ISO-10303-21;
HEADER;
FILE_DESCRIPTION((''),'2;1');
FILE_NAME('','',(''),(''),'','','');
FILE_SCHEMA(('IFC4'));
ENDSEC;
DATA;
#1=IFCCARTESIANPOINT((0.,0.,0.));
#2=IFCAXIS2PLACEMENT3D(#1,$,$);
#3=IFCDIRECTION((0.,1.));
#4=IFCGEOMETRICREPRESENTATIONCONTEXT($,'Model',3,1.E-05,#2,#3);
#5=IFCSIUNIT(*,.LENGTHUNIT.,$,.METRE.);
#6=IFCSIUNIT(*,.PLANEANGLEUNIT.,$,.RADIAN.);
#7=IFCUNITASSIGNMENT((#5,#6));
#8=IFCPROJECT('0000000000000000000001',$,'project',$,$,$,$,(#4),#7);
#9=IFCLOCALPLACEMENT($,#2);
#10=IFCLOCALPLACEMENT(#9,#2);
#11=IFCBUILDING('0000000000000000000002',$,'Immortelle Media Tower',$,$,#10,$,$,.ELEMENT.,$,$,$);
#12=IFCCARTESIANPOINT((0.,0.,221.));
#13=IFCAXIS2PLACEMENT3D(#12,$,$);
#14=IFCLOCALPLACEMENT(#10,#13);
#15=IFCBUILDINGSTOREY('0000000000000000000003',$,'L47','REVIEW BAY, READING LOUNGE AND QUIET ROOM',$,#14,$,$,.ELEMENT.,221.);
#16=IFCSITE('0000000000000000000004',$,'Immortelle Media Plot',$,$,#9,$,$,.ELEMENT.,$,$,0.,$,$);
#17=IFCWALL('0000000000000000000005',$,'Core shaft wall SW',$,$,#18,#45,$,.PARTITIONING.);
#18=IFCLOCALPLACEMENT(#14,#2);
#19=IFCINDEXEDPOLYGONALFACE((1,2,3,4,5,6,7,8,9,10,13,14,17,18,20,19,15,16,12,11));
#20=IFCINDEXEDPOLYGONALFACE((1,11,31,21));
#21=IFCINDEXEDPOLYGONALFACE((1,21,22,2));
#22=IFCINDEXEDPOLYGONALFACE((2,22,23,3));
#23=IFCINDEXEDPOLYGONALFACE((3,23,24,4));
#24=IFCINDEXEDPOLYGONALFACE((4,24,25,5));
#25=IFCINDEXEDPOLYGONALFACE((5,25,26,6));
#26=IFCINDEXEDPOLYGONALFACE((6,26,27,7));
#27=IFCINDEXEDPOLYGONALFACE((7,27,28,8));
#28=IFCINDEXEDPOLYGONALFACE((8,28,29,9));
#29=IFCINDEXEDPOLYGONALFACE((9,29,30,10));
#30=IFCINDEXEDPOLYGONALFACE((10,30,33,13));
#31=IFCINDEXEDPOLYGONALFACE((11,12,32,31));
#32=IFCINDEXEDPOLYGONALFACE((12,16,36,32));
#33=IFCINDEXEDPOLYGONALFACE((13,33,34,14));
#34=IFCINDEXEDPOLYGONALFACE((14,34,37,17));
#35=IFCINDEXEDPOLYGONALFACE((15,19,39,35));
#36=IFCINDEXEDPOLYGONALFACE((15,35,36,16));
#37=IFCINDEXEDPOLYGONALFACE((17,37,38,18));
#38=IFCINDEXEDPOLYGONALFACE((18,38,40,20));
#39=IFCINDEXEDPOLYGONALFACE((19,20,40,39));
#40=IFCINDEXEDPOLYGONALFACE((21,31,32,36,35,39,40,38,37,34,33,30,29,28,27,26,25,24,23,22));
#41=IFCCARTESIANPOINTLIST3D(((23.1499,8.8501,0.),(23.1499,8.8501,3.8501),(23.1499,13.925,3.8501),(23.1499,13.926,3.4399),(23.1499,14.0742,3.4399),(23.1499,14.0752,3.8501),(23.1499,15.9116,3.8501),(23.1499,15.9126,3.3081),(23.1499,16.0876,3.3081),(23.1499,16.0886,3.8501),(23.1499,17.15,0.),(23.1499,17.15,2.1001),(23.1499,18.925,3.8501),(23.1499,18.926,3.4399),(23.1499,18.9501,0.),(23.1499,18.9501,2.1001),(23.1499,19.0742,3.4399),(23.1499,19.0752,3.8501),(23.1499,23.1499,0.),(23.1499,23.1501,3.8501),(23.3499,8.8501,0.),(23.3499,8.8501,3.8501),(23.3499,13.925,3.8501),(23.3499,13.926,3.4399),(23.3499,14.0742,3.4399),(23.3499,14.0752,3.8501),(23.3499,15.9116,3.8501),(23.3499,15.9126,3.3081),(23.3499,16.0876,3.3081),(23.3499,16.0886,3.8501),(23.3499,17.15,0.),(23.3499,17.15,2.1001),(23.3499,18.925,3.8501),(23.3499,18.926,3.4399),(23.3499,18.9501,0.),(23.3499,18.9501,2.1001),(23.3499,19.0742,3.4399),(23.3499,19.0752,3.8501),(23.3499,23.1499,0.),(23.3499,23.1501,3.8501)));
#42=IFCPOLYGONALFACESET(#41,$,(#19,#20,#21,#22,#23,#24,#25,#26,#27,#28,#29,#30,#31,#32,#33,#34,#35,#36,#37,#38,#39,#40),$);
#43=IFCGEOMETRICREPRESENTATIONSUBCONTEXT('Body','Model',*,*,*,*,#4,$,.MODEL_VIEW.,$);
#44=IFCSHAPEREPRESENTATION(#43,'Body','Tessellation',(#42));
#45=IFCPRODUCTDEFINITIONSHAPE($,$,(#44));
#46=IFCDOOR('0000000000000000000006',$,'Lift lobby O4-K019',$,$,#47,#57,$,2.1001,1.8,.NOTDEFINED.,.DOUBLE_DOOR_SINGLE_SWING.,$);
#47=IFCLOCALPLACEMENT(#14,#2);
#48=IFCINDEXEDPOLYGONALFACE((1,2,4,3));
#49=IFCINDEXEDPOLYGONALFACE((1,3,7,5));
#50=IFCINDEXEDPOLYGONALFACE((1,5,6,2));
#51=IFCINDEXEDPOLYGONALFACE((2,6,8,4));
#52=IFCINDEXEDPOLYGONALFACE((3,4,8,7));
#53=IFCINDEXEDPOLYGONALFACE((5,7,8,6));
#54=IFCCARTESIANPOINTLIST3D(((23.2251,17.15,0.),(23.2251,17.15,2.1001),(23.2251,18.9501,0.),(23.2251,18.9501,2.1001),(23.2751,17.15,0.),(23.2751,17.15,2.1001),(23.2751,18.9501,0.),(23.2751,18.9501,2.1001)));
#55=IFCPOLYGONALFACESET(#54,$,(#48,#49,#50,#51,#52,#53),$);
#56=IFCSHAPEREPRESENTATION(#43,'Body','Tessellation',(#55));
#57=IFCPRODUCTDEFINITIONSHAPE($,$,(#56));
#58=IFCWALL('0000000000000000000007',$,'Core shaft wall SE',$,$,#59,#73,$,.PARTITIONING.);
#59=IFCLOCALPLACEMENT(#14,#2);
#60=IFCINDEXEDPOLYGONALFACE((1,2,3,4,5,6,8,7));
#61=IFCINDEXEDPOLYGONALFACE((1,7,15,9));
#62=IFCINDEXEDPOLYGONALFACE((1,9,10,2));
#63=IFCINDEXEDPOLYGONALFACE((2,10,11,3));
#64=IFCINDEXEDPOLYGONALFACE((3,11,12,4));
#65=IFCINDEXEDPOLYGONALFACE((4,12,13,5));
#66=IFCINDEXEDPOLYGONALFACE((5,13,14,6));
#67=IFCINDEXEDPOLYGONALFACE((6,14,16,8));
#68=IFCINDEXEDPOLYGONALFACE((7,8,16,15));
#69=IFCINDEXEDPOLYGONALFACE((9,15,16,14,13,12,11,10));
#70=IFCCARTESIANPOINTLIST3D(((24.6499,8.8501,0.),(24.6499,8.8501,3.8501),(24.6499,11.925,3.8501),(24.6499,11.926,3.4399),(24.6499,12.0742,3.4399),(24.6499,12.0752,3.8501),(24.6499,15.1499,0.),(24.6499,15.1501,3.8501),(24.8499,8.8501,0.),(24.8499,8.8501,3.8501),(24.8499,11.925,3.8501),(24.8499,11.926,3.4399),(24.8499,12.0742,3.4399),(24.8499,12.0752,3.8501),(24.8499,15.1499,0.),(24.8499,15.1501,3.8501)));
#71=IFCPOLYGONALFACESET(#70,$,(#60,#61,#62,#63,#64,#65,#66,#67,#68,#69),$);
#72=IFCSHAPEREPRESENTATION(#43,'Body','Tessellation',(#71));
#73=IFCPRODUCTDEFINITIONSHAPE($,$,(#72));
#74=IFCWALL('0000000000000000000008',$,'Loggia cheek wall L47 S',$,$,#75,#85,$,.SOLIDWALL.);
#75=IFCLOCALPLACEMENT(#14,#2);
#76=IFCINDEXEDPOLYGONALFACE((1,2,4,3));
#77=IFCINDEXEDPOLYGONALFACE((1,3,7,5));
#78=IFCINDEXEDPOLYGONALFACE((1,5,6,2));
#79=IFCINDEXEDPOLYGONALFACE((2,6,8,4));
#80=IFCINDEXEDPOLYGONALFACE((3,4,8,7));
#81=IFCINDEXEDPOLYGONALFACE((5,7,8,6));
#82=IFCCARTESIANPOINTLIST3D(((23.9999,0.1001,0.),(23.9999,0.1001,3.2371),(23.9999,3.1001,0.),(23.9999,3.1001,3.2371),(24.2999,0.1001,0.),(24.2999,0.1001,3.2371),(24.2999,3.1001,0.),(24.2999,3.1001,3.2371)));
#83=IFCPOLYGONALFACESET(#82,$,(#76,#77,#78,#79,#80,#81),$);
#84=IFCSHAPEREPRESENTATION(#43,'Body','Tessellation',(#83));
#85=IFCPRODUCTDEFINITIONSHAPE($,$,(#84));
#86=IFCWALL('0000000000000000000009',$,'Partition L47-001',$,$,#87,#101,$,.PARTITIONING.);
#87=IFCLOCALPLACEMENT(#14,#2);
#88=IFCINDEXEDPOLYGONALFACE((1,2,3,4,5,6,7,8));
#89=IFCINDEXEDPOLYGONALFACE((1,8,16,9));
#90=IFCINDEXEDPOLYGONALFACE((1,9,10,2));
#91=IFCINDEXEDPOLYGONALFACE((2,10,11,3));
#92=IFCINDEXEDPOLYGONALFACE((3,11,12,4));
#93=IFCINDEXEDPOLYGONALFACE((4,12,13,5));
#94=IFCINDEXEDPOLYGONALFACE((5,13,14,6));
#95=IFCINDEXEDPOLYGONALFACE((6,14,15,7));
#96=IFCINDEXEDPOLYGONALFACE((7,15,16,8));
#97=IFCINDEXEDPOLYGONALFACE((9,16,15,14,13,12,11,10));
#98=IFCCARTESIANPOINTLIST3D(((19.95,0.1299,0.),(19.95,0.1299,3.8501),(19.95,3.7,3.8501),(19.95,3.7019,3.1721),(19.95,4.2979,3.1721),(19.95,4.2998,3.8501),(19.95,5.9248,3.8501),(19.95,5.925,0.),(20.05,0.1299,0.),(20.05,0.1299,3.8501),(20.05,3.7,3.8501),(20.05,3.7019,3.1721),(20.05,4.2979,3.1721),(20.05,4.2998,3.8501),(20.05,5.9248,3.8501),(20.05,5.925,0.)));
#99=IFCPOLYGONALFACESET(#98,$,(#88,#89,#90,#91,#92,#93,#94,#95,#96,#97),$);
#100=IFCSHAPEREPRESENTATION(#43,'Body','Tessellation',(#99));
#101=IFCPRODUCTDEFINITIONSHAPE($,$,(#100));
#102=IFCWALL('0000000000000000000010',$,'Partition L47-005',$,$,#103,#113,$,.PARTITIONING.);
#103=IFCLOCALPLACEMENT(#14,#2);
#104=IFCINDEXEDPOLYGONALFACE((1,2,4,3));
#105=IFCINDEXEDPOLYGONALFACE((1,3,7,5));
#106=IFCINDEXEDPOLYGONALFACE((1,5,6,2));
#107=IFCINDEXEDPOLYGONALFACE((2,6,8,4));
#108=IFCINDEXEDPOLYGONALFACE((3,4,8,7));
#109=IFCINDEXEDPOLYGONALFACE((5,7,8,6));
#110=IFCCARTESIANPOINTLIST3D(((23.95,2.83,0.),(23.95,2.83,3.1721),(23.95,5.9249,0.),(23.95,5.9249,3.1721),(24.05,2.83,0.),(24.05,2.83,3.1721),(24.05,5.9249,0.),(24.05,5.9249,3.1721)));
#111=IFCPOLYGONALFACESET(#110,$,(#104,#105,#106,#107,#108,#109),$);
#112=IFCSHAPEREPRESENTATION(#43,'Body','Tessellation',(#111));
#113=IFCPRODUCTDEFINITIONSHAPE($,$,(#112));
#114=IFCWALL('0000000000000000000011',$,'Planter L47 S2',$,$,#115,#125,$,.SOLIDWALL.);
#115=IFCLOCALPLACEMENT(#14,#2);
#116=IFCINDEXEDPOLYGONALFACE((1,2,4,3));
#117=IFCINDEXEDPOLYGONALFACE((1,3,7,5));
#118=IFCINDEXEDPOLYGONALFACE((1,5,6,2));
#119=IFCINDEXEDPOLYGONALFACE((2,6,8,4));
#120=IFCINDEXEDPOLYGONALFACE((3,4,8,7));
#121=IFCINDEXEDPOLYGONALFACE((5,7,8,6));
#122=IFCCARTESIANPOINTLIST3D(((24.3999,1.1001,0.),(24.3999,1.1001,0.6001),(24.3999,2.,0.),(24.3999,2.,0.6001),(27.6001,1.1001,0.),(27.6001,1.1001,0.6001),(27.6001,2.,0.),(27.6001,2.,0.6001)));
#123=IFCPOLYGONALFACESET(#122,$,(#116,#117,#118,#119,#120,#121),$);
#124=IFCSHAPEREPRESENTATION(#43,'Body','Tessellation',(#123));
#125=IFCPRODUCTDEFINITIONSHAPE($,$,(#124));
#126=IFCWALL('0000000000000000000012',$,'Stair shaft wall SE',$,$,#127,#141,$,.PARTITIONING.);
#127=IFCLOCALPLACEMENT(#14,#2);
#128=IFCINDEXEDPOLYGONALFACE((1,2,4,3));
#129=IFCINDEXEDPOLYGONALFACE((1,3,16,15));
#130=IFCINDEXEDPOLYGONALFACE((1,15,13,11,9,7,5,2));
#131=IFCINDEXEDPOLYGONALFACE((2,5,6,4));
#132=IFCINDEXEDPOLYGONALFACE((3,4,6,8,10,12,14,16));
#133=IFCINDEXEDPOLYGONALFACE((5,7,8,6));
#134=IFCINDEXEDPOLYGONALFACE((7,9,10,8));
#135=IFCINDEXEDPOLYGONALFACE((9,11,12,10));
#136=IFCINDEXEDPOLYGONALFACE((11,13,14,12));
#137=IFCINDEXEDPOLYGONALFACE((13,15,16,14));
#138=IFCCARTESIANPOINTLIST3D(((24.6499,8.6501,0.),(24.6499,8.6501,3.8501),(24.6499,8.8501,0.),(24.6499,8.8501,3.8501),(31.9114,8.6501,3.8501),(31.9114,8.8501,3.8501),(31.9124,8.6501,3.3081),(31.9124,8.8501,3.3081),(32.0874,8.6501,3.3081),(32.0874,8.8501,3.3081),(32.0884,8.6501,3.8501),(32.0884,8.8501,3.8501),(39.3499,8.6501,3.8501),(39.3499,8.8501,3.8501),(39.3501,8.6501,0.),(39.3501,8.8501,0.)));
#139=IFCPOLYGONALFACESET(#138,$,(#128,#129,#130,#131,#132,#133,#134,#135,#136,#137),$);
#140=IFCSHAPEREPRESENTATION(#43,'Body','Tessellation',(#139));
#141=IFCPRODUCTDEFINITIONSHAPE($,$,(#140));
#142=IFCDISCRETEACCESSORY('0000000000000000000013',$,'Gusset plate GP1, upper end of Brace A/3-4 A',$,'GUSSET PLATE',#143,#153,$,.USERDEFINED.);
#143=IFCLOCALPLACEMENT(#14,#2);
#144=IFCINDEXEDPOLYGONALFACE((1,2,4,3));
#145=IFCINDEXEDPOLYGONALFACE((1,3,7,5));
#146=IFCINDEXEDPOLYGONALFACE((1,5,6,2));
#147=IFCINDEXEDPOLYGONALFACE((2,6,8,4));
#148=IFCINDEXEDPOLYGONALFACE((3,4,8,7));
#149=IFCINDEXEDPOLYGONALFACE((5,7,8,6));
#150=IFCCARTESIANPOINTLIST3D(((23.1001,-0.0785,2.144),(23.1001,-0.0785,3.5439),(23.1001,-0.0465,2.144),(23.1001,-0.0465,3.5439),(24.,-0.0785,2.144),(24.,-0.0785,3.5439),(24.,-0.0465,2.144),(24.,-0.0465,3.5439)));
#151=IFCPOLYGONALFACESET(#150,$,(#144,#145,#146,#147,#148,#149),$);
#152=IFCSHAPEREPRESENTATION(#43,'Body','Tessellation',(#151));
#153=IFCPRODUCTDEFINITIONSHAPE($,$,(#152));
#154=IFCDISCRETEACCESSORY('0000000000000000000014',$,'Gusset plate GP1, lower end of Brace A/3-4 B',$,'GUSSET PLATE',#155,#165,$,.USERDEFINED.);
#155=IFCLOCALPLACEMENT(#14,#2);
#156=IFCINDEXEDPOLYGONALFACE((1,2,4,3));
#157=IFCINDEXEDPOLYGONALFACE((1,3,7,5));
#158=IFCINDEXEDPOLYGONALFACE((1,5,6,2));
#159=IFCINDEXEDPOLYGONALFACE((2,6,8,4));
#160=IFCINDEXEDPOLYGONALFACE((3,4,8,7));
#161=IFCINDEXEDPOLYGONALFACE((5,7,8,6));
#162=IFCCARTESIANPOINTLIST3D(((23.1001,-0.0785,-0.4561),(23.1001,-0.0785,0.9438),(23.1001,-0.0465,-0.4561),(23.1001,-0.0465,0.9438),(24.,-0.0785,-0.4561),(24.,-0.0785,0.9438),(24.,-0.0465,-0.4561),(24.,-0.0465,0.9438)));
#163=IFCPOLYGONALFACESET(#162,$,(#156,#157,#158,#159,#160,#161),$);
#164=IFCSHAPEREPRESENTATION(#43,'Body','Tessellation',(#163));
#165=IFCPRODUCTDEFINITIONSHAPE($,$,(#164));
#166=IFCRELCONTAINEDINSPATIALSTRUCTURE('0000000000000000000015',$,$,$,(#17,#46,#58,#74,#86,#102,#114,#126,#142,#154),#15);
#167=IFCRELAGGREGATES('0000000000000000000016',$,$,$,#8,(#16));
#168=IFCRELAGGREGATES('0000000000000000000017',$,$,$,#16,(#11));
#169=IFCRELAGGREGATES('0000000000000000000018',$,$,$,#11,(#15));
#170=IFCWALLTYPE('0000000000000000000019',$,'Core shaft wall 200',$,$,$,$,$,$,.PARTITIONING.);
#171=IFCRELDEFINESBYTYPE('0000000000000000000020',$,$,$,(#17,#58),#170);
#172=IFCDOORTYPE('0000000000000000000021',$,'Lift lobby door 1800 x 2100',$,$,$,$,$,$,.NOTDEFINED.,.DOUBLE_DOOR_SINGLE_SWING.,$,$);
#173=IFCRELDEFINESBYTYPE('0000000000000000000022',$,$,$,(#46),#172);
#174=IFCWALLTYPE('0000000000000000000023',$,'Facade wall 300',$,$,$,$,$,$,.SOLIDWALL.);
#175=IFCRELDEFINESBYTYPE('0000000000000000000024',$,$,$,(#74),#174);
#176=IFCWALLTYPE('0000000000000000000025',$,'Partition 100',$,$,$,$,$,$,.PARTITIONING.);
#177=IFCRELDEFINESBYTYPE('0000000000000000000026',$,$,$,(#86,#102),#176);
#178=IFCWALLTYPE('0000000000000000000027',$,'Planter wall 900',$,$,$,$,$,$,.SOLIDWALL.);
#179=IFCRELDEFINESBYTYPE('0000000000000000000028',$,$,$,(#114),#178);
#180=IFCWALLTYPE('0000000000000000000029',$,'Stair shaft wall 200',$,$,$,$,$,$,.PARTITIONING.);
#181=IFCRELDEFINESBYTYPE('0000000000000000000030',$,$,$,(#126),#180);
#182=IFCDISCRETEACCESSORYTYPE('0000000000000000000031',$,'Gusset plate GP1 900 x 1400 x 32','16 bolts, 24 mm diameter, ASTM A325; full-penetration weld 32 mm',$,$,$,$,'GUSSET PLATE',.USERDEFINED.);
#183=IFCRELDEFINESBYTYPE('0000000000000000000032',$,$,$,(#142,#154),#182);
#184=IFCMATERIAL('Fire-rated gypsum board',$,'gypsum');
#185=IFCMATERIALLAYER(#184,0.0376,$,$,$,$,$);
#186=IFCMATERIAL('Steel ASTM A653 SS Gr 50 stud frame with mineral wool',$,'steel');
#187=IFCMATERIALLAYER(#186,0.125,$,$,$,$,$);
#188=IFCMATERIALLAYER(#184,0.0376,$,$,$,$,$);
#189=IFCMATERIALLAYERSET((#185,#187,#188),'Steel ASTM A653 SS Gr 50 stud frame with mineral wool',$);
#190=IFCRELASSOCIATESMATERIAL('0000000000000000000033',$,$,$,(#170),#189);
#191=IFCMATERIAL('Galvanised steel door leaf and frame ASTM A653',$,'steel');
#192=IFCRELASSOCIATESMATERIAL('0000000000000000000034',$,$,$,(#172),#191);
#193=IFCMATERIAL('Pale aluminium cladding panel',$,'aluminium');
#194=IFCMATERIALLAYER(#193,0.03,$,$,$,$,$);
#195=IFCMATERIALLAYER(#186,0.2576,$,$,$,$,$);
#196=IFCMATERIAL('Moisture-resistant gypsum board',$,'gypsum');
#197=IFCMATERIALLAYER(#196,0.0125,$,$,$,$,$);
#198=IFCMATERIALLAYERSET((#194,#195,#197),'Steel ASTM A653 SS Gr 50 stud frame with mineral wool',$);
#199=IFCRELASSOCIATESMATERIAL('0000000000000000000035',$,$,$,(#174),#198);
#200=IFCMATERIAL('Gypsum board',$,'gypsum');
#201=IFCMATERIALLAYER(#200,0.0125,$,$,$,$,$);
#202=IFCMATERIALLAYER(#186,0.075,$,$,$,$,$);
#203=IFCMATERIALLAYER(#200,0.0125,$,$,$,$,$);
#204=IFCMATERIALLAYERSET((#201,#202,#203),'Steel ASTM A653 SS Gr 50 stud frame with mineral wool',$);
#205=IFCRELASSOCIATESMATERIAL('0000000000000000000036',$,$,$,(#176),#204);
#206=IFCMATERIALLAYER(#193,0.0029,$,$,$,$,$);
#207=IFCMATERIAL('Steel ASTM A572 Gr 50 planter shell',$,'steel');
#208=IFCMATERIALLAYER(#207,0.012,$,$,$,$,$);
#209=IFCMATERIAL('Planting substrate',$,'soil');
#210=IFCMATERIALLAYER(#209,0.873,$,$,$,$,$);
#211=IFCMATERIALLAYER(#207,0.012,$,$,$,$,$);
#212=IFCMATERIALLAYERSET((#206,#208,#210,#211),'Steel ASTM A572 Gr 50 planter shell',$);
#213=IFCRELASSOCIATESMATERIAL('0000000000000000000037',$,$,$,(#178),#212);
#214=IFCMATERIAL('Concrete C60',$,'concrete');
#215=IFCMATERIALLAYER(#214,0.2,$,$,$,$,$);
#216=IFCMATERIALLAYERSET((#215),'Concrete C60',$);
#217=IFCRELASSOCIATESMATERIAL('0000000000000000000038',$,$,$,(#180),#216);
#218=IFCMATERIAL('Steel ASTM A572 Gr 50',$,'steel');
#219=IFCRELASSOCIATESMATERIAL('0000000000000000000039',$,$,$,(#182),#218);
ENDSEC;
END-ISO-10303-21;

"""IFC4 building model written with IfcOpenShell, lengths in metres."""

from ifc_helpers import new_model, si_unit, direction, frame, frame_2d, origin, origin_2d, place, context, subcontext, project, spatial, polyline, rectangle, outline, extrude, material, layer, layer_set, material_profile, profile_set, type_object, element, fill, save


model = new_model("IFC4")

# Units and contexts
model_context = context("Model", 3, precision=1e-05, world=origin(), true_north=direction((0.0, 1.0)))
body_context = subcontext(model_context, "Body", "Model", "MODEL_VIEW")
ifc_project = project(units=[si_unit("LENGTHUNIT", "METRE"), si_unit("PLANEANGLEUNIT", "RADIAN")], contexts=[model_context])

# Site, building, storey
site_placement = place(None, origin())
site = spatial("IfcSite", under=ifc_project, at=site_placement, Name="Immortelle Media Plot", CompositionType="ELEMENT", RefElevation=0.0)
building_placement = place(site_placement, origin())
building = spatial("IfcBuilding", under=site, at=building_placement, Name="Immortelle Media Tower", CompositionType="ELEMENT")
storey_placement = place(building_placement, frame((0.0, 0.0, 221.0)))
storey = spatial("IfcBuildingStorey", under=building, at=storey_placement, Name="L47", Description="REVIEW BAY, READING LOUNGE AND QUIET ROOM", CompositionType="ELEMENT", Elevation=221.0)

# Wall, opening, door
ifc_material_1 = material(Name="Fire-rated gypsum board", Category="gypsum")
ifc_layer_1 = layer(ifc_material_1, 0.0376)
ifc_material_2 = material(Name="Steel ASTM A653 SS Gr 50 stud frame with mineral wool", Category="steel")
ifc_layer_2 = layer(ifc_material_2, 0.125)
ifc_layer_3 = layer(ifc_material_1, 0.0376)
ifc_layer_set_1 = layer_set([ifc_layer_1, ifc_layer_2, ifc_layer_3], Name="Steel ASTM A653 SS Gr 50 stud frame with mineral wool")
wall_type_1 = type_object("IfcWallType", Name="Core shaft wall 200", PredefinedType="PARTITIONING", material=ifc_layer_set_1)
wall_1_placement = place(storey_placement, frame((23.25, 8.8501, 0.0), z_axis=(0.0, 0.0, 1.0), x_axis=(0.0, 1.0, 0.0)))
wall_1 = element("IfcWall", 1, at=wall_1_placement, inside=storey, type_object=wall_type_1, Name="Core shaft wall SW", PredefinedType="PARTITIONING", context=body_context, shape_type="SweptSolid", body=[
    extrude(outline(polyline([(0.0, 0.0), (14.2998, 0.0), (14.3, 3.8501), (10.2251, 3.8501), (10.2241, 3.4399), (10.0759, 3.4399), (10.075, 3.8501), (7.2385, 3.8501), (7.2375, 3.3081), (7.0625, 3.3081), (7.0615, 3.8501), (5.2251, 3.8501), (5.2241, 3.4399), (5.0759, 3.4399), (5.075, 3.8501), (0.0, 3.8501), (0.0, 0.0)])), frame((0.0, 0.1001, 0.0), z_axis=(0.0, -1.0, 0.0), x_axis=(1.0, 0.0, 0.0)), (0.0, 0.0, 1.0), 0.2),
])
opening_1_placement = place(wall_1_placement, frame((8.3, 0.0, 0.0)))
opening_1 = element("IfcOpeningElement", 2, at=opening_1_placement, cuts=wall_1, PredefinedType="OPENING", context=body_context, shape_type="SweptSolid", body=[
    extrude(rectangle(XDim=1.8, YDim=2.1001, at=frame_2d((0.8999, 1.05))), frame((0.0, 0.1099, 0.0), z_axis=(0.0, -1.0, 0.0), x_axis=(1.0, 0.0, 0.0)), (0.0, 0.0, 1.0), 0.22),
])
ifc_material_3 = material(Name="Galvanised steel door leaf and frame ASTM A653", Category="steel")
door_type_1 = type_object("IfcDoorType", Name="Lift lobby door 1800 x 2100", OperationType="DOUBLE_DOOR_SINGLE_SWING", PredefinedType="NOTDEFINED", material=ifc_material_3)
door_1_placement = place(opening_1_placement, origin())
door_1 = element("IfcDoor", 3, at=door_1_placement, inside=storey, type_object=door_type_1, Name="Lift lobby O4-K019", OperationType="DOUBLE_DOOR_SINGLE_SWING", OverallHeight=2.1001, OverallWidth=1.8, PredefinedType="NOTDEFINED", context=body_context, shape_type="SweptSolid", body=[
    extrude(rectangle(XDim=1.8, YDim=2.1001, at=frame_2d((0.8999, 1.05))), frame((0.0, 0.0249, 0.0), z_axis=(0.0, -1.0, 0.0), x_axis=(1.0, 0.0, 0.0)), (0.0, 0.0, 1.0), 0.05),
])
fill(opening_1, door_1)

# Wall
wall_2_placement = place(storey_placement, frame((24.75, 8.8501, 0.0), z_axis=(0.0, 0.0, 1.0), x_axis=(0.0, 1.0, 0.0)))
element("IfcWall", 4, at=wall_2_placement, inside=storey, type_object=wall_type_1, Name="Core shaft wall SE", PredefinedType="PARTITIONING", context=body_context, shape_type="SweptSolid", body=[
    extrude(outline(polyline([(0.0, 0.0), (6.2998, 0.0), (6.3, 3.8501), (3.2251, 3.8501), (3.2241, 3.4399), (3.0759, 3.4399), (3.075, 3.8501), (0.0, 3.8501), (0.0, 0.0)])), frame((0.0, 0.1001, 0.0), z_axis=(0.0, -1.0, 0.0), x_axis=(1.0, 0.0, 0.0)), (0.0, 0.0, 1.0), 0.2),
])

# Shared definitions
ifc_material_4 = material(Name="Pale aluminium cladding panel", Category="aluminium")
ifc_layer_4 = layer(ifc_material_4, 0.03)
ifc_layer_5 = layer(ifc_material_2, 0.2576)
ifc_material_5 = material(Name="Moisture-resistant gypsum board", Category="gypsum")
ifc_layer_6 = layer(ifc_material_5, 0.0125)
ifc_layer_set_2 = layer_set([ifc_layer_4, ifc_layer_5, ifc_layer_6], Name="Steel ASTM A653 SS Gr 50 stud frame with mineral wool")
wall_type_2 = type_object("IfcWallType", Name="Facade wall 300", PredefinedType="SOLIDWALL", material=ifc_layer_set_2)

# Walls
wall_3_placement = place(storey_placement, frame((24.1499, 0.1001, 0.0), z_axis=(0.0, 0.0, 1.0), x_axis=(0.0, 1.0, 0.0)))
element("IfcWall", 5, at=wall_3_placement, inside=storey, type_object=wall_type_2, Name="Loggia cheek wall L47 S", PredefinedType="SOLIDWALL", context=body_context, shape_type="SweptSolid", body=[
    extrude(rectangle(XDim=3.0, YDim=0.3, at=frame_2d((1.5, 0.0))), origin(), (0.0, 0.0, 1.0), 3.2371),
])
ifc_material_6 = material(Name="Gypsum board", Category="gypsum")
ifc_layer_7 = layer(ifc_material_6, 0.0125)
ifc_layer_8 = layer(ifc_material_2, 0.075)
ifc_layer_9 = layer(ifc_material_6, 0.0125)
ifc_layer_set_3 = layer_set([ifc_layer_7, ifc_layer_8, ifc_layer_9], Name="Steel ASTM A653 SS Gr 50 stud frame with mineral wool")
wall_type_3 = type_object("IfcWallType", Name="Partition 100", PredefinedType="PARTITIONING", material=ifc_layer_set_3)
wall_4_placement = place(storey_placement, frame((20.0, 0.1299, 0.0), z_axis=(0.0, 0.0, 1.0), x_axis=(0.0, 1.0, 0.0)))
element("IfcWall", 6, at=wall_4_placement, inside=storey, type_object=wall_type_3, Name="Partition L47-001", PredefinedType="PARTITIONING", context=body_context, shape_type="SweptSolid", body=[
    extrude(outline(polyline([(0.0, 0.0), (5.7952, 0.0), (5.7949, 3.8501), (4.1699, 3.8501), (4.168, 3.1721), (3.572, 3.1721), (3.5701, 3.8501), (0.0, 3.8501), (0.0, 0.0)])), frame((0.0, 0.05, 0.0), z_axis=(0.0, -1.0, 0.0), x_axis=(1.0, 0.0, 0.0)), (0.0, 0.0, 1.0), 0.1001),
])
wall_5_placement = place(storey_placement, frame((24.0, 2.8301, 0.0), z_axis=(0.0, 0.0, 1.0), x_axis=(0.0, 1.0, 0.0)))
element("IfcWall", 7, at=wall_5_placement, inside=storey, type_object=wall_type_3, Name="Partition L47-005", PredefinedType="PARTITIONING", context=body_context, shape_type="SweptSolid", body=[
    extrude(rectangle(XDim=3.095, YDim=0.1001, at=frame_2d((1.5474, 0.0))), origin(), (0.0, 0.0, 1.0), 3.1721),
])
ifc_layer_10 = layer(ifc_material_4, 0.0029)
ifc_material_7 = material(Name="Steel ASTM A572 Gr 50 planter shell", Category="steel")
ifc_layer_11 = layer(ifc_material_7, 0.012)
ifc_material_8 = material(Name="Planting substrate", Category="soil")
ifc_layer_12 = layer(ifc_material_8, 0.873)
ifc_layer_13 = layer(ifc_material_7, 0.012)
ifc_layer_set_4 = layer_set([ifc_layer_10, ifc_layer_11, ifc_layer_12, ifc_layer_13], Name="Steel ASTM A572 Gr 50 planter shell")
wall_type_4 = type_object("IfcWallType", Name="Planter wall 900", PredefinedType="SOLIDWALL", material=ifc_layer_set_4)
wall_6_placement = place(storey_placement, frame((24.3999, 1.55, 0.0), z_axis=(0.0, 0.0, 1.0), x_axis=(1.0, 0.0, 0.0)))
element("IfcWall", 8, at=wall_6_placement, inside=storey, type_object=wall_type_4, Name="Planter L47 S2", PredefinedType="SOLIDWALL", context=body_context, shape_type="SweptSolid", body=[
    extrude(rectangle(XDim=3.2002, YDim=0.8999, at=frame_2d((1.6001, 0.0))), origin(), (0.0, 0.0, 1.0), 0.6001),
])
ifc_material_9 = material(Name="Concrete C60", Category="concrete")
ifc_layer_14 = layer(ifc_material_9, 0.2)
ifc_layer_set_5 = layer_set([ifc_layer_14], Name="Concrete C60")
wall_type_5 = type_object("IfcWallType", Name="Stair shaft wall 200", PredefinedType="PARTITIONING", material=ifc_layer_set_5)
wall_7_placement = place(storey_placement, frame((24.6499, 8.75, 0.0), z_axis=(0.0, 0.0, 1.0), x_axis=(1.0, 0.0, 0.0)))
element("IfcWall", 9, at=wall_7_placement, inside=storey, type_object=wall_type_5, Name="Stair shaft wall SE", PredefinedType="PARTITIONING", context=body_context, shape_type="SweptSolid", body=[
    extrude(outline(polyline([(0.0, 0.0), (14.7002, 0.0), (14.7, 3.8501), (7.4385, 3.8501), (7.4375, 3.3081), (7.2625, 3.3081), (7.2615, 3.8501), (0.0, 3.8501), (0.0, 0.0)])), frame((0.0, 0.1001, 0.0), z_axis=(0.0, -1.0, 0.0), x_axis=(1.0, 0.0, 0.0)), (0.0, 0.0, 1.0), 0.2),
])

# Discrete accessories
ifc_material_10 = material(Name="Steel ASTM A572 Gr 50", Category="steel")
ifc_material_profile_1 = material_profile(ifc_material_10, rectangle(XDim=0.032, YDim=1.3999, at=origin_2d()), Name="PL 32 x 1400")
ifc_profile_set_1 = profile_set([ifc_material_profile_1], Name="Steel ASTM A572 Gr 50")
discrete_accessory_type = type_object("IfcDiscreteAccessoryType", Name="Gusset plate GP1 900 x 1400 x 32", Description="16 bolts, 24 mm diameter, ASTM A325; full-penetration weld 32 mm", ElementType="GUSSET PLATE", PredefinedType="USERDEFINED", material=ifc_profile_set_1)
for number, where, z_axis, x_axis, name in (
    (10, (24.0, -0.0625, 2.844), (-1.0, 0.0, 0.0), (0.0, -1.0, 0.0), "Gusset plate GP1, upper end of Brace A/3-4 A"),
    (11, (24.0, -0.0625, 0.2439), (-1.0, 0.0, 0.0), (0.0, -1.0, 0.0), "Gusset plate GP1, lower end of Brace A/3-4 B"),
):
    element("IfcDiscreteAccessory", number, at=place(storey_placement, frame(where, z_axis=z_axis, x_axis=x_axis)), inside=storey, type_object=discrete_accessory_type, Name=name, ObjectType="GUSSET PLATE", PredefinedType="USERDEFINED", context=body_context, shape_type="SweptSolid", body=[
        extrude(rectangle(XDim=0.032, YDim=1.3999, at=origin_2d()), origin(), (0.0, 0.0, 1.0), 0.8999),
    ])

save(model, "model.ifc")
